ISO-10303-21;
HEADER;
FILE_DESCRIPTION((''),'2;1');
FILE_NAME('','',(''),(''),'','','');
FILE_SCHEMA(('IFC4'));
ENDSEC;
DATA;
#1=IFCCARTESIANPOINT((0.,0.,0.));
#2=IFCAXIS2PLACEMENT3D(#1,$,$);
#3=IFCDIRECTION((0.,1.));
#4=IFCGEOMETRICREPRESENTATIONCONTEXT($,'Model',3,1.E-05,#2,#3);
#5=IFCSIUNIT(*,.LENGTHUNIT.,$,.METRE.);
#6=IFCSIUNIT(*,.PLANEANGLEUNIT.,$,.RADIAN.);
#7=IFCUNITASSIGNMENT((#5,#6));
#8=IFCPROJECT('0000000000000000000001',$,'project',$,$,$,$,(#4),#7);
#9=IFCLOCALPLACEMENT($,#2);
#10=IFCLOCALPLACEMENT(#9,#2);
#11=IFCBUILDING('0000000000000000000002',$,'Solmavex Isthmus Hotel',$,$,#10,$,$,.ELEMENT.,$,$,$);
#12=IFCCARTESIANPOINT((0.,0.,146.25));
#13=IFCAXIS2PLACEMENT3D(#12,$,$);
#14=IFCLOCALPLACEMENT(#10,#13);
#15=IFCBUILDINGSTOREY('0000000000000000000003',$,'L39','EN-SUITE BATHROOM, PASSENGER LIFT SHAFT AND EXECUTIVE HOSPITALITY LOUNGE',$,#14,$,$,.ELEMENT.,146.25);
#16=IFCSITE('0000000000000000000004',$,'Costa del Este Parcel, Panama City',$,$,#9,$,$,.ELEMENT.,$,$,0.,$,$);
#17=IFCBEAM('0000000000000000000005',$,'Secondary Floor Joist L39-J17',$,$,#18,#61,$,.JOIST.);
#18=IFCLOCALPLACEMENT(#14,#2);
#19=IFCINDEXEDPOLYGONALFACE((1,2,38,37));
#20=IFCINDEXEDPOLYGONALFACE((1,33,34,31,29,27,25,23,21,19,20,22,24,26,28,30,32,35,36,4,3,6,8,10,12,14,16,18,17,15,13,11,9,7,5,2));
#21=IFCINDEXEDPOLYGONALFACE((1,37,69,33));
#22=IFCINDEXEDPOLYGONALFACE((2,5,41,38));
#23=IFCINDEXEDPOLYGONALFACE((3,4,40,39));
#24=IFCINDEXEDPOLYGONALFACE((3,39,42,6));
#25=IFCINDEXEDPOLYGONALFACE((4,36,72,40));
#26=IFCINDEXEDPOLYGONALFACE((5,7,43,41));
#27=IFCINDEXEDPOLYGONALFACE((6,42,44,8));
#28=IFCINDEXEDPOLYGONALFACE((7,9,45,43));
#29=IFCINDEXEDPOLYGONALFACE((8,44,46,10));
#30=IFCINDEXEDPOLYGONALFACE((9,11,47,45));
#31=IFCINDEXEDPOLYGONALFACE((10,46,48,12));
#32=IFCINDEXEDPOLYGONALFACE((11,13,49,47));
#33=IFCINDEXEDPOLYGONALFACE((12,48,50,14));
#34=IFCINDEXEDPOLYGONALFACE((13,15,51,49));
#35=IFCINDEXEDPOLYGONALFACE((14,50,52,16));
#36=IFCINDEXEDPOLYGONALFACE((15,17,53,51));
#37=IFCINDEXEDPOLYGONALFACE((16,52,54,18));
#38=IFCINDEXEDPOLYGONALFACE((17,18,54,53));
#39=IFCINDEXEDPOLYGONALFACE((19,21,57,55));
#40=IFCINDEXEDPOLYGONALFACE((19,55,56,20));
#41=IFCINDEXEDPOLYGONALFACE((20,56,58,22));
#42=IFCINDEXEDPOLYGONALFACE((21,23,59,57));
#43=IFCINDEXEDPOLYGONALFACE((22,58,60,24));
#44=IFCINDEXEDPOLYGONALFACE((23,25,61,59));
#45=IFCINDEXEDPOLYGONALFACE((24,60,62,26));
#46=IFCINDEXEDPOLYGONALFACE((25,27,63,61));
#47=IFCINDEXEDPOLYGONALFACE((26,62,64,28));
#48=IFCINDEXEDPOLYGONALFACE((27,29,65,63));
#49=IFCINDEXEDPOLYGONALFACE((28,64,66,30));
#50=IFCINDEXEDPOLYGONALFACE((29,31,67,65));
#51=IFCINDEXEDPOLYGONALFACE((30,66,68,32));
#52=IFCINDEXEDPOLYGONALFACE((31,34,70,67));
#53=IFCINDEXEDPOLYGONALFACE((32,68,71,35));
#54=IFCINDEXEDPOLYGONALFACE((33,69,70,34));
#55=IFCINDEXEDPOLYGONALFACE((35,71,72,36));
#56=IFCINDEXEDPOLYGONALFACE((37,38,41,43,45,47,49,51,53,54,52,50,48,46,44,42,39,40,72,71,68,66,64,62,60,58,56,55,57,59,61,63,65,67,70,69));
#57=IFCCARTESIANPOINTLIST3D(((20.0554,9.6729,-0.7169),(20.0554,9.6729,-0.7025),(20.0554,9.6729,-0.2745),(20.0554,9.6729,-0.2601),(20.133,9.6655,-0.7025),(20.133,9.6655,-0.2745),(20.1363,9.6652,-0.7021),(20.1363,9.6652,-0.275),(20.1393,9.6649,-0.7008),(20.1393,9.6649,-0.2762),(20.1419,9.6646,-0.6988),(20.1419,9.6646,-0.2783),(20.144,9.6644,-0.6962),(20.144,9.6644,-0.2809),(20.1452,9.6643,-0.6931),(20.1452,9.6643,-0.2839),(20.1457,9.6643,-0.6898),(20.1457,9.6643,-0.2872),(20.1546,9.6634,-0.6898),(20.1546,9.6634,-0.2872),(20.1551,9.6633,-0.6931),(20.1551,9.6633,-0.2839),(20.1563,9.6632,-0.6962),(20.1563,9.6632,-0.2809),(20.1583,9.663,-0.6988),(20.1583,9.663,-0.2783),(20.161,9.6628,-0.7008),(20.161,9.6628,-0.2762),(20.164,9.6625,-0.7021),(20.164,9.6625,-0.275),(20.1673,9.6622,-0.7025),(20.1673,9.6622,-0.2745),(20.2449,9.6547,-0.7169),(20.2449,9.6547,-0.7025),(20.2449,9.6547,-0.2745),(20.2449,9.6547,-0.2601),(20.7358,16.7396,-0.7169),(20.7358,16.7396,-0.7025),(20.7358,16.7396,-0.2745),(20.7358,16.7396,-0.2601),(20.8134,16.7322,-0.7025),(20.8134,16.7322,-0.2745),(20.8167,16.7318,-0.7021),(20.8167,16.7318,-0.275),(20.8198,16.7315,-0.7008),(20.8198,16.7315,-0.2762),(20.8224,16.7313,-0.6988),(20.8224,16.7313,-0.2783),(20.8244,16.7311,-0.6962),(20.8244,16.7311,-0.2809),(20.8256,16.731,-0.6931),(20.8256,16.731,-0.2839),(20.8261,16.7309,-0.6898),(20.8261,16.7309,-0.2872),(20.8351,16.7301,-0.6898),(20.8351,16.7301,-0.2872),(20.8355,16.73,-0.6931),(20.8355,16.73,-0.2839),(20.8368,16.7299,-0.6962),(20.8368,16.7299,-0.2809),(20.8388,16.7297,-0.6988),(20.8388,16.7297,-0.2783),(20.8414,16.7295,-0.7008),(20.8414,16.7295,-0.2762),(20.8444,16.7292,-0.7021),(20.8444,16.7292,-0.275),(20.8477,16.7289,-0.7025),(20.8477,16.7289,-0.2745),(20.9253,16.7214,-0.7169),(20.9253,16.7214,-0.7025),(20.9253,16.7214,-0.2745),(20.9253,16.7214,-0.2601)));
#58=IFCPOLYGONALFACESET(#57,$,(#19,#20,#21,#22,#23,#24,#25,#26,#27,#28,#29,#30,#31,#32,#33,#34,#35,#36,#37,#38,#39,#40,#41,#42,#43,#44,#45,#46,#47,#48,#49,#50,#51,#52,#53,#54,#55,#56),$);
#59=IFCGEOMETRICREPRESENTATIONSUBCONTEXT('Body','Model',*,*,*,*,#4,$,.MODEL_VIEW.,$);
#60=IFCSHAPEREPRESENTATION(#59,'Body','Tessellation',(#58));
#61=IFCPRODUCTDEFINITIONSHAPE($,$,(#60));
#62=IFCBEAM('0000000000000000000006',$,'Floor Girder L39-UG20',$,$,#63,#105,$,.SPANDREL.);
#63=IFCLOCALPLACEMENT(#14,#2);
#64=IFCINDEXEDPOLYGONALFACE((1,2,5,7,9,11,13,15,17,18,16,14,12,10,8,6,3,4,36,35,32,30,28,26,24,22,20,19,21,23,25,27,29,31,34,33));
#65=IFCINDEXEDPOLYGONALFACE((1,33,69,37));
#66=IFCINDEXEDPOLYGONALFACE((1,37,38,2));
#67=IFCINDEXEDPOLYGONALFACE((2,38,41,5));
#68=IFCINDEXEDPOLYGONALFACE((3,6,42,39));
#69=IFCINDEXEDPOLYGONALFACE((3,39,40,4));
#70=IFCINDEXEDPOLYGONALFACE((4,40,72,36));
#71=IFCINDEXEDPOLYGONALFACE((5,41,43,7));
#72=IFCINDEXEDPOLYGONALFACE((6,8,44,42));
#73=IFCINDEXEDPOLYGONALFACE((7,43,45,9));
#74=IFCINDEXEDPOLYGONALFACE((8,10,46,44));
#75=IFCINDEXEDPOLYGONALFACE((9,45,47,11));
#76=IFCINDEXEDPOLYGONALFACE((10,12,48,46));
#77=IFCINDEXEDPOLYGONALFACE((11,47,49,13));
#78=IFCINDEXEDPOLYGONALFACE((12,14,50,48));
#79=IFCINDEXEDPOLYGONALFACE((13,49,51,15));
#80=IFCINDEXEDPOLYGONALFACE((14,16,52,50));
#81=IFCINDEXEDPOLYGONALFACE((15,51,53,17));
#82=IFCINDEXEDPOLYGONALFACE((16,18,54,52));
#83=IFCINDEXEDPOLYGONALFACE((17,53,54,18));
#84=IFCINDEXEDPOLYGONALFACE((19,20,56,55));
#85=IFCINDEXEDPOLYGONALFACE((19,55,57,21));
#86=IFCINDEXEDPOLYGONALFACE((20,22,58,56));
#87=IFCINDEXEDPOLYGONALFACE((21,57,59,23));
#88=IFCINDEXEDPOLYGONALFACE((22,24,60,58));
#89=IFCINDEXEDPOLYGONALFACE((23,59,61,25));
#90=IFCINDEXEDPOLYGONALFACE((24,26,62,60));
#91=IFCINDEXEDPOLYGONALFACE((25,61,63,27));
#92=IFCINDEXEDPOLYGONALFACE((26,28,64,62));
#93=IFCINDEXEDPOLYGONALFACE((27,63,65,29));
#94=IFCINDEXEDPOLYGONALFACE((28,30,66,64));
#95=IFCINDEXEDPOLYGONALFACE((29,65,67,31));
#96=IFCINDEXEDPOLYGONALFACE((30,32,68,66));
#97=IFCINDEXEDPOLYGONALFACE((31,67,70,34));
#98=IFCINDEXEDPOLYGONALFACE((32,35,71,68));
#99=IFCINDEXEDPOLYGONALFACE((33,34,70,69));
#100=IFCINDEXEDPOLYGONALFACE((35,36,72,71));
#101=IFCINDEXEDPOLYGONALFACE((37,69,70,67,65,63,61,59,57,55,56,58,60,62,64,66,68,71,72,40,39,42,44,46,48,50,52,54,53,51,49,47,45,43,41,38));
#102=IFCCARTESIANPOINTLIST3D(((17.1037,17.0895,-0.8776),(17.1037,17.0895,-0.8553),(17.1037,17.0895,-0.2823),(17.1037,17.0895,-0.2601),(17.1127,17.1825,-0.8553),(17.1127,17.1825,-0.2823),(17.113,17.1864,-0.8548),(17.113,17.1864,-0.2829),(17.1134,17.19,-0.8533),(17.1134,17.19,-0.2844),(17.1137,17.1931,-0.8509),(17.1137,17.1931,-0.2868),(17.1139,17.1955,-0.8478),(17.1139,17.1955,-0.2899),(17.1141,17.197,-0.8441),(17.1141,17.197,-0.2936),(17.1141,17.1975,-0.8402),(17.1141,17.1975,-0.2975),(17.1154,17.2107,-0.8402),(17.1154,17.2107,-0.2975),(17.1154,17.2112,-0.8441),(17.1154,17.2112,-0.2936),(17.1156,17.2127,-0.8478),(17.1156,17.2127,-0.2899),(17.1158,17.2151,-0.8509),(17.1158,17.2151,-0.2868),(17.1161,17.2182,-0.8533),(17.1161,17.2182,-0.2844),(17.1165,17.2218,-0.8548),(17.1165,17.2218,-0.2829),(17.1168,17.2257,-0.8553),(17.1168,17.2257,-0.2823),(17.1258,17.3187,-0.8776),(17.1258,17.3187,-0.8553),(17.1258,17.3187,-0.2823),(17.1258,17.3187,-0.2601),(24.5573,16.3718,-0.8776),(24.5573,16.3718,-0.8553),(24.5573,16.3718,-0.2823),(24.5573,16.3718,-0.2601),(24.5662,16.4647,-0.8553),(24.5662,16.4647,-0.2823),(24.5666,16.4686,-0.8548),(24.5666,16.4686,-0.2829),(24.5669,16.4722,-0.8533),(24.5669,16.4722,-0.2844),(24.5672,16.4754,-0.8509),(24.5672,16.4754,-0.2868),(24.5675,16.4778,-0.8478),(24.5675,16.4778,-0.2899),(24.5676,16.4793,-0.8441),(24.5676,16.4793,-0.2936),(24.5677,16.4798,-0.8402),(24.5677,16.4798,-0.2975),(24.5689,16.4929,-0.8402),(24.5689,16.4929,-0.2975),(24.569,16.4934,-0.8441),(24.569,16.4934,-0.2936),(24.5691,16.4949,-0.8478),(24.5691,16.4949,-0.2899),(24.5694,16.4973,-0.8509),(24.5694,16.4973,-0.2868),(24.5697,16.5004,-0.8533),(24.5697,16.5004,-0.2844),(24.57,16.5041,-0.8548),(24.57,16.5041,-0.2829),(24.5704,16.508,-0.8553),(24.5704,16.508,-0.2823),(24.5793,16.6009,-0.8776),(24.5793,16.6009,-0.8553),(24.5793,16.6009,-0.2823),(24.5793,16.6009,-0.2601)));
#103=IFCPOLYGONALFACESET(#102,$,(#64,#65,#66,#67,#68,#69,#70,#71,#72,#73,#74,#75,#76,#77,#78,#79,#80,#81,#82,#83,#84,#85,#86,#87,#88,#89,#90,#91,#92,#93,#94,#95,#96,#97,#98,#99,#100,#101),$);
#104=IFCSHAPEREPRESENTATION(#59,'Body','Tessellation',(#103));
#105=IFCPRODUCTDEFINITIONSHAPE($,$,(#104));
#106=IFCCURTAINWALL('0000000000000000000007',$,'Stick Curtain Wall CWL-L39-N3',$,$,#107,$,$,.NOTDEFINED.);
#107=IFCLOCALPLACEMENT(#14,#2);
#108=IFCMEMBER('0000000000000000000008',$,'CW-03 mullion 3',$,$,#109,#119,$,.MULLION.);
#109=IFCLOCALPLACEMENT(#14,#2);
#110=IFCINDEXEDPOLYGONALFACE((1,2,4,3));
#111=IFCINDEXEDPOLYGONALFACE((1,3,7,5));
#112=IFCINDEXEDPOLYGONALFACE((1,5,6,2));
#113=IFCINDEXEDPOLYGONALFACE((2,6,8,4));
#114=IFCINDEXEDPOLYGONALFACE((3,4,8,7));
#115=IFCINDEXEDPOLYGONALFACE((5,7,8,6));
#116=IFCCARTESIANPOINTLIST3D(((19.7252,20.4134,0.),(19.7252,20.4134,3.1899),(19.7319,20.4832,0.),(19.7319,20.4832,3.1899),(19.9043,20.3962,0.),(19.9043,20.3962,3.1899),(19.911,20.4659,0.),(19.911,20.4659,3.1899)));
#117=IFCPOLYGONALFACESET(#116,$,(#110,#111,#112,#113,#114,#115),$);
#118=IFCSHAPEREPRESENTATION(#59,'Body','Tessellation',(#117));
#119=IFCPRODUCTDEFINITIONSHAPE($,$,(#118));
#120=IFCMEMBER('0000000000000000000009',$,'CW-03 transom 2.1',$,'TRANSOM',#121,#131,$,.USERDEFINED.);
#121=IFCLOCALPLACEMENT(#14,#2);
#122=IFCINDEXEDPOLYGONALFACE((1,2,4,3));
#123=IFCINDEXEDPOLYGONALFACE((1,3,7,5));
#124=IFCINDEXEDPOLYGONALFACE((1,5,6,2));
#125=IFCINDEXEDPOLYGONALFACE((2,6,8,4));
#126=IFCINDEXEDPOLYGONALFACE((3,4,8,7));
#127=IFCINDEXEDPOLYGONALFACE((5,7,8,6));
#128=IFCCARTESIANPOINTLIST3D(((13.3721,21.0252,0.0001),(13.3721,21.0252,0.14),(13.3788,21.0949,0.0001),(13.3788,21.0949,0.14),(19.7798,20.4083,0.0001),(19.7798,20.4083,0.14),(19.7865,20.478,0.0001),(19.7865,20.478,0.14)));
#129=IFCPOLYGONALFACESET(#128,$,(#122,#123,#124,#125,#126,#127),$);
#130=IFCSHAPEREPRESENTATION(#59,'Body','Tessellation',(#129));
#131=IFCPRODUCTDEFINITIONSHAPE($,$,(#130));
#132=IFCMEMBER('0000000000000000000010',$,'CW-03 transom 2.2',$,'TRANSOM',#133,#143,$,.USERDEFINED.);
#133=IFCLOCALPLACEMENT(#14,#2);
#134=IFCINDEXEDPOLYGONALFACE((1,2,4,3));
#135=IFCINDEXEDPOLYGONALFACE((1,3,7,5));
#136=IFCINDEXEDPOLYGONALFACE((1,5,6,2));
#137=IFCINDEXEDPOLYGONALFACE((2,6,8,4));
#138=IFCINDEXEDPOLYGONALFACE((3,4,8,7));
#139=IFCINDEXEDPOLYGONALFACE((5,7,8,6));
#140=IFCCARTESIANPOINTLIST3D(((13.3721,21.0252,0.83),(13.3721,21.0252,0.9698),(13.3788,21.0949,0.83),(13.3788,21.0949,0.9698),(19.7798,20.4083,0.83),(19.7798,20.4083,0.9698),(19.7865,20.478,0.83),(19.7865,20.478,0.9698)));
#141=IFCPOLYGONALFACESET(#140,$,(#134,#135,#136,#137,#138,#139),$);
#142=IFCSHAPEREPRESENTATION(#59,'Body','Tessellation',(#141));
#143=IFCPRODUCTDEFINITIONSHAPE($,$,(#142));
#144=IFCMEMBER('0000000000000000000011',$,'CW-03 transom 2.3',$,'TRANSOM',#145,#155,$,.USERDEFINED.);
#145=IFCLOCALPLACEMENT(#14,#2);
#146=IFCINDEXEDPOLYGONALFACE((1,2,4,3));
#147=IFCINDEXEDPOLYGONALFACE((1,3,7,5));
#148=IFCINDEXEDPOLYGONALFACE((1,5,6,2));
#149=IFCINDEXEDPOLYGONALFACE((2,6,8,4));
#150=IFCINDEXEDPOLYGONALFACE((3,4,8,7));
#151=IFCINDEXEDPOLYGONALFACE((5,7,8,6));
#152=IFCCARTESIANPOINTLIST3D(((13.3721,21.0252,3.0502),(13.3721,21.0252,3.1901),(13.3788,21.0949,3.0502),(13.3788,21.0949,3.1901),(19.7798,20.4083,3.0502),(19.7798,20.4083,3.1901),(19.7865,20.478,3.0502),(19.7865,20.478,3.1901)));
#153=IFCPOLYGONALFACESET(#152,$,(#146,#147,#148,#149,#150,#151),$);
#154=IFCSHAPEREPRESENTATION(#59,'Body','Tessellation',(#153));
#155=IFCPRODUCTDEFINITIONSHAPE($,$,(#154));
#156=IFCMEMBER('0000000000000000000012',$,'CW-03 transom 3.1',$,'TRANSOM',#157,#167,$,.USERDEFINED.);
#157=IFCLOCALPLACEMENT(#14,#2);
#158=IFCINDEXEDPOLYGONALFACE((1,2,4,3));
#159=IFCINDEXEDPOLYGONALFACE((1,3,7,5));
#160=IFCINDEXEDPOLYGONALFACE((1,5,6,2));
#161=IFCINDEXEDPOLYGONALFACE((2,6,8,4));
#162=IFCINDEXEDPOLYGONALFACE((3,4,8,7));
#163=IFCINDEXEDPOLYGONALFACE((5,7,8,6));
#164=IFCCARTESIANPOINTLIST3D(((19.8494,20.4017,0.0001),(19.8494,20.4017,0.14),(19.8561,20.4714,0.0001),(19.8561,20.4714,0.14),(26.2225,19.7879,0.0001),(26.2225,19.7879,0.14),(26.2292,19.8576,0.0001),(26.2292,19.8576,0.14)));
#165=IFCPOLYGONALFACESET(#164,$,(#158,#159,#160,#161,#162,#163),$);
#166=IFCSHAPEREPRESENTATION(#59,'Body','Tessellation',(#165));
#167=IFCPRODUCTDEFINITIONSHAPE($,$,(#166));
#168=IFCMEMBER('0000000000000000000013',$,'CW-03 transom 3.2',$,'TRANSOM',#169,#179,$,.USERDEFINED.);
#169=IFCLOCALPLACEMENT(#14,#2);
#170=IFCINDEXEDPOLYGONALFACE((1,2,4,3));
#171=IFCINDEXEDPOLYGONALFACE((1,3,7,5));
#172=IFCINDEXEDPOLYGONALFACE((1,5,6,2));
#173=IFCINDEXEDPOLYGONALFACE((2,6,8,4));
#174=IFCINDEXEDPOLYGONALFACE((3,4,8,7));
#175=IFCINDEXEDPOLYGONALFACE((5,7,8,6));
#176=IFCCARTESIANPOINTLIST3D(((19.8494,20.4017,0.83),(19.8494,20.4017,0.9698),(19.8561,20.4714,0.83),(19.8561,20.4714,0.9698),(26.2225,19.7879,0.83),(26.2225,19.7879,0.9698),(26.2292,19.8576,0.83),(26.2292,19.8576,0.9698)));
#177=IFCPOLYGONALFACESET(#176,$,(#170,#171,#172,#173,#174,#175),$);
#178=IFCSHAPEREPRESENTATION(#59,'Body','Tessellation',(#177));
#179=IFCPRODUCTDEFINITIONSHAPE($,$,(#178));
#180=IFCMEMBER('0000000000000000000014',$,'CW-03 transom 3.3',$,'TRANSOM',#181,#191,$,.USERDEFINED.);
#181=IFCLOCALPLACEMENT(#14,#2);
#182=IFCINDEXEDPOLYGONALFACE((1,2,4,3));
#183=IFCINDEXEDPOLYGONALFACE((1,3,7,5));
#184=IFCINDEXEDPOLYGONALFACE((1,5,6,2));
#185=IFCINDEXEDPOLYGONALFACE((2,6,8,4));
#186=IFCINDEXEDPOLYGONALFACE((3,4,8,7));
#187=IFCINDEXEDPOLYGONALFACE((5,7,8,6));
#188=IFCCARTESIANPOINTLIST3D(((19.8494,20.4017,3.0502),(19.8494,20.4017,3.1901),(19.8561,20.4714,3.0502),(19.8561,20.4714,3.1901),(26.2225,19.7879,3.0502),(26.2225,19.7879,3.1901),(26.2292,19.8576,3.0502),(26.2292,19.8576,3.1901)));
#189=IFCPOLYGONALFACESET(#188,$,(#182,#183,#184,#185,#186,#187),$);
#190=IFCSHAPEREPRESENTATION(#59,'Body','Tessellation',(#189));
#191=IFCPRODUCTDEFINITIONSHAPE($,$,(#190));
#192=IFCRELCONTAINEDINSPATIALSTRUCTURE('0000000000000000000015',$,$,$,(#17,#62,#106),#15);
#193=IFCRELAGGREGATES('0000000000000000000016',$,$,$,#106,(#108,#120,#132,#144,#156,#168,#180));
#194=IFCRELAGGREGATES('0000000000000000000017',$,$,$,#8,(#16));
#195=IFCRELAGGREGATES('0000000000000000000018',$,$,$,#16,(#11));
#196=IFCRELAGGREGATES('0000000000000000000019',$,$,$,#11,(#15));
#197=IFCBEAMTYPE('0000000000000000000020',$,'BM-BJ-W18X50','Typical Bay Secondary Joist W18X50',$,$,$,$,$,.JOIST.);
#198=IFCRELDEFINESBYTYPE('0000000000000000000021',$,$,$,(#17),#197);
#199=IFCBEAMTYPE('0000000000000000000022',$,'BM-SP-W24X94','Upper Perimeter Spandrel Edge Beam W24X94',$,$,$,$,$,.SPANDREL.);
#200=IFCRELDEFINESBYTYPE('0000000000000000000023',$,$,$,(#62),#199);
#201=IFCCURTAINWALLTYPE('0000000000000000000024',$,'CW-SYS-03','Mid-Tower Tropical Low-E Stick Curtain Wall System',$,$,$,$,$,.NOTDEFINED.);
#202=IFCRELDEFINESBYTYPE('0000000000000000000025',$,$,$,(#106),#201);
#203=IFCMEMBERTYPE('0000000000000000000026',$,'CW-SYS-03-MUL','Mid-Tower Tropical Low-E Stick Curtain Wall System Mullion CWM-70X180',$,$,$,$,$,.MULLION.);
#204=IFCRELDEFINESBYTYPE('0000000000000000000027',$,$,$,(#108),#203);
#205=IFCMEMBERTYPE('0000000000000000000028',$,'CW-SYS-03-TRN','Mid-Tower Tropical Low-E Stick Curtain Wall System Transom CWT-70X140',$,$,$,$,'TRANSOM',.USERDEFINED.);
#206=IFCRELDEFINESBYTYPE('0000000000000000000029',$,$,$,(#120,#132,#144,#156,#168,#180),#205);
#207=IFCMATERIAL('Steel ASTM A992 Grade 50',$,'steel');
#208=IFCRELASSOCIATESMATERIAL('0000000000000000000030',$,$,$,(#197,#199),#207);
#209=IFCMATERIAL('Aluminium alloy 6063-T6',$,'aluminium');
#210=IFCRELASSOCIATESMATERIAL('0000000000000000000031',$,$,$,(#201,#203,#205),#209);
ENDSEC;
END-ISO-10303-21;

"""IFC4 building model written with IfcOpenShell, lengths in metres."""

from ifc_helpers import new_model, si_unit, direction, frame, origin, origin_2d, place, context, subcontext, project, spatial, rectangle, i_section, extrude, material, material_profile, profile_set, type_object, element, aggregate, save


model = new_model("IFC4")

# Units and contexts
model_context = context("Model", 3, precision=1e-05, world=origin(), true_north=direction((0.0, 1.0)))
body_context = subcontext(model_context, "Body", "Model", "MODEL_VIEW")
ifc_project = project(units=[si_unit("LENGTHUNIT", "METRE"), si_unit("PLANEANGLEUNIT", "RADIAN")], contexts=[model_context])

# Site, building, storey
site_placement = place(None, origin())
site = spatial("IfcSite", under=ifc_project, at=site_placement, Name="Costa del Este Parcel, Panama City", CompositionType="ELEMENT", RefElevation=0.0)
building_placement = place(site_placement, origin())
building = spatial("IfcBuilding", under=site, at=building_placement, Name="Solmavex Isthmus Hotel", CompositionType="ELEMENT")
storey_placement = place(building_placement, frame((0.0, 0.0, 146.25)))
storey = spatial("IfcBuildingStorey", under=building, at=storey_placement, Name="L39", Description="EN-SUITE BATHROOM, PASSENGER LIFT SHAFT AND EXECUTIVE HOSPITALITY LOUNGE", CompositionType="ELEMENT", Elevation=146.25)

# Beams
ifc_material_1 = material(Name="Steel ASTM A992 Grade 50", Category="steel")
ifc_material_profile_1 = material_profile(ifc_material_1, i_section(OverallWidth=0.1904, OverallDepth=0.4568, WebThickness=0.009, FlangeThickness=0.0144, FilletRadius=0.0127, at=origin_2d()), Name="W18X50")
ifc_profile_set_1 = profile_set([ifc_material_profile_1], Name="Steel ASTM A992 Grade 50")
beam_type_1 = type_object("IfcBeamType", Name="BM-BJ-W18X50", Description="Typical Bay Secondary Joist W18X50", PredefinedType="JOIST", material=ifc_profile_set_1)
beam_1_placement = place(storey_placement, frame((20.1501, 9.6638, -0.4885), z_axis=(0.095843, 0.995396, 0.0), x_axis=(-0.995396, 0.095843, 0.0)))
element("IfcBeam", 1, at=beam_1_placement, inside=storey, type_object=beam_type_1, Name="Secondary Floor Joist L39-J17", PredefinedType="JOIST", context=body_context, shape_type="SweptSolid", body=[
    extrude(i_section(OverallWidth=0.1904, OverallDepth=0.4568, WebThickness=0.009, FlangeThickness=0.0144, FilletRadius=0.0127, at=origin_2d()), origin(), (0.0, 0.0, 1.0), 7.0994),
])
ifc_material_profile_2 = material_profile(ifc_material_1, i_section(OverallWidth=0.2302, OverallDepth=0.6174, WebThickness=0.0132, FlangeThickness=0.0222, FilletRadius=0.0151, at=origin_2d()), Name="W24X94")
ifc_profile_set_2 = profile_set([ifc_material_profile_2], Name="Steel ASTM A992 Grade 50")
beam_type_2 = type_object("IfcBeamType", Name="BM-SP-W24X94", Description="Upper Perimeter Spandrel Edge Beam W24X94", PredefinedType="SPANDREL", material=ifc_profile_set_2)
beam_2_placement = place(storey_placement, frame((17.1147, 17.2041, -0.5688), z_axis=(0.995395, -0.095855, 0.0), x_axis=(0.095855, 0.995395, 0.0)))
element("IfcBeam", 2, at=beam_2_placement, inside=storey, type_object=beam_type_2, Name="Floor Girder L39-UG20", PredefinedType="SPANDREL", context=body_context, shape_type="SweptSolid", body=[
    extrude(i_section(OverallWidth=0.2302, OverallDepth=0.6174, WebThickness=0.0132, FlangeThickness=0.0222, FilletRadius=0.0151, at=origin_2d()), origin(), (0.0, 0.0, 1.0), 7.488),
])

# Curtain wall, members
ifc_material_2 = material(Name="Aluminium alloy 6063-T6", Category="aluminium")
curtain_wall_type = type_object("IfcCurtainWallType", Name="CW-SYS-03", Description="Mid-Tower Tropical Low-E Stick Curtain Wall System", PredefinedType="NOTDEFINED", material=ifc_material_2)
curtain_wall_placement = place(storey_placement, origin())
curtain_wall = element("IfcCurtainWall", 3, at=curtain_wall_placement, inside=storey, type_object=curtain_wall_type, Name="Stick Curtain Wall CWL-L39-N3", PredefinedType="NOTDEFINED")
ifc_material_profile_3 = material_profile(ifc_material_2, rectangle(XDim=0.0701, YDim=0.1799, at=origin_2d()), Name="CWM-70X180")
ifc_profile_set_3 = profile_set([ifc_material_profile_3], Name="Aluminium alloy 6063-T6")
member_type_1 = type_object("IfcMemberType", Name="CW-SYS-03-MUL", Description="Mid-Tower Tropical Low-E Stick Curtain Wall System Mullion CWM-70X180", PredefinedType="MULLION", material=ifc_profile_set_3)
member_1_placement = place(storey_placement, frame((19.8181, 20.4397, 0.0), z_axis=(0.0, 0.0, 1.0), x_axis=(0.095846, 0.995396, 0.0)))
member_1 = element("IfcMember", 4, at=member_1_placement, type_object=member_type_1, Name="CW-03 mullion 3", PredefinedType="MULLION", context=body_context, shape_type="SweptSolid", body=[
    extrude(rectangle(XDim=0.0701, YDim=0.1799, at=origin_2d()), origin(), (0.0, 0.0, 1.0), 3.1899),
])
ifc_material_profile_4 = material_profile(ifc_material_2, rectangle(XDim=0.0701, YDim=0.1399, at=origin_2d()), Name="CWT-70X140")
ifc_profile_set_4 = profile_set([ifc_material_profile_4], Name="Aluminium alloy 6063-T6")
member_type_2 = type_object("IfcMemberType", Name="CW-SYS-03-TRN", Description="Mid-Tower Tropical Low-E Stick Curtain Wall System Transom CWT-70X140", ElementType="TRANSOM", PredefinedType="USERDEFINED", material=ifc_profile_set_4)
member_2_placement = place(storey_placement, frame((13.3755, 21.0601, 0.0701), z_axis=(0.995397, -0.095838, 0.0), x_axis=(0.095838, 0.995397, 0.0)))
member_2 = element("IfcMember", 5, at=member_2_placement, type_object=member_type_2, Name="CW-03 transom 2.1", ObjectType="TRANSOM", PredefinedType="USERDEFINED", context=body_context, shape_type="SweptSolid", body=[
    extrude(rectangle(XDim=0.0701, YDim=0.1399, at=origin_2d()), origin(), (0.0, 0.0, 1.0), 6.4373),
])
member_3_placement = place(storey_placement, frame((13.3755, 21.0601, 0.8999), z_axis=(0.995397, -0.095838, 0.0), x_axis=(0.095838, 0.995397, 0.0)))
member_3 = element("IfcMember", 6, at=member_3_placement, type_object=member_type_2, Name="CW-03 transom 2.2", ObjectType="TRANSOM", PredefinedType="USERDEFINED", context=body_context, shape_type="SweptSolid", body=[
    extrude(rectangle(XDim=0.0701, YDim=0.1399, at=origin_2d()), origin(), (0.0, 0.0, 1.0), 6.4373),
])
member_4_placement = place(storey_placement, frame((13.3755, 21.0601, 3.1201), z_axis=(0.995397, -0.095838, 0.0), x_axis=(0.095838, 0.995397, 0.0)))
member_4 = element("IfcMember", 7, at=member_4_placement, type_object=member_type_2, Name="CW-03 transom 2.3", ObjectType="TRANSOM", PredefinedType="USERDEFINED", context=body_context, shape_type="SweptSolid", body=[
    extrude(rectangle(XDim=0.0701, YDim=0.1399, at=origin_2d()), origin(), (0.0, 0.0, 1.0), 6.4373),
])
member_5_placement = place(storey_placement, frame((19.8528, 20.4365, 0.0701), z_axis=(0.995394, -0.095864, 0.0), x_axis=(0.095864, 0.995394, 0.0)))
member_5 = element("IfcMember", 8, at=member_5_placement, type_object=member_type_2, Name="CW-03 transom 3.1", ObjectType="TRANSOM", PredefinedType="USERDEFINED", context=body_context, shape_type="SweptSolid", body=[
    extrude(rectangle(XDim=0.0701, YDim=0.1399, at=origin_2d()), origin(), (0.0, 0.0, 1.0), 6.4026),
])
member_6_placement = place(storey_placement, frame((19.8528, 20.4365, 0.8999), z_axis=(0.995394, -0.095864, 0.0), x_axis=(0.095864, 0.995394, 0.0)))
member_6 = element("IfcMember", 9, at=member_6_placement, type_object=member_type_2, Name="CW-03 transom 3.2", ObjectType="TRANSOM", PredefinedType="USERDEFINED", context=body_context, shape_type="SweptSolid", body=[
    extrude(rectangle(XDim=0.0701, YDim=0.1399, at=origin_2d()), origin(), (0.0, 0.0, 1.0), 6.4026),
])
member_7_placement = place(storey_placement, frame((19.8528, 20.4365, 3.1201), z_axis=(0.995394, -0.095864, 0.0), x_axis=(0.095864, 0.995394, 0.0)))
member_7 = element("IfcMember", 10, at=member_7_placement, type_object=member_type_2, Name="CW-03 transom 3.3", ObjectType="TRANSOM", PredefinedType="USERDEFINED", context=body_context, shape_type="SweptSolid", body=[
    extrude(rectangle(XDim=0.0701, YDim=0.1399, at=origin_2d()), origin(), (0.0, 0.0, 1.0), 6.4026),
])
aggregate(curtain_wall, [member_1, member_2, member_3, member_4, member_5, member_6, member_7])

save(model, "model.ifc")
